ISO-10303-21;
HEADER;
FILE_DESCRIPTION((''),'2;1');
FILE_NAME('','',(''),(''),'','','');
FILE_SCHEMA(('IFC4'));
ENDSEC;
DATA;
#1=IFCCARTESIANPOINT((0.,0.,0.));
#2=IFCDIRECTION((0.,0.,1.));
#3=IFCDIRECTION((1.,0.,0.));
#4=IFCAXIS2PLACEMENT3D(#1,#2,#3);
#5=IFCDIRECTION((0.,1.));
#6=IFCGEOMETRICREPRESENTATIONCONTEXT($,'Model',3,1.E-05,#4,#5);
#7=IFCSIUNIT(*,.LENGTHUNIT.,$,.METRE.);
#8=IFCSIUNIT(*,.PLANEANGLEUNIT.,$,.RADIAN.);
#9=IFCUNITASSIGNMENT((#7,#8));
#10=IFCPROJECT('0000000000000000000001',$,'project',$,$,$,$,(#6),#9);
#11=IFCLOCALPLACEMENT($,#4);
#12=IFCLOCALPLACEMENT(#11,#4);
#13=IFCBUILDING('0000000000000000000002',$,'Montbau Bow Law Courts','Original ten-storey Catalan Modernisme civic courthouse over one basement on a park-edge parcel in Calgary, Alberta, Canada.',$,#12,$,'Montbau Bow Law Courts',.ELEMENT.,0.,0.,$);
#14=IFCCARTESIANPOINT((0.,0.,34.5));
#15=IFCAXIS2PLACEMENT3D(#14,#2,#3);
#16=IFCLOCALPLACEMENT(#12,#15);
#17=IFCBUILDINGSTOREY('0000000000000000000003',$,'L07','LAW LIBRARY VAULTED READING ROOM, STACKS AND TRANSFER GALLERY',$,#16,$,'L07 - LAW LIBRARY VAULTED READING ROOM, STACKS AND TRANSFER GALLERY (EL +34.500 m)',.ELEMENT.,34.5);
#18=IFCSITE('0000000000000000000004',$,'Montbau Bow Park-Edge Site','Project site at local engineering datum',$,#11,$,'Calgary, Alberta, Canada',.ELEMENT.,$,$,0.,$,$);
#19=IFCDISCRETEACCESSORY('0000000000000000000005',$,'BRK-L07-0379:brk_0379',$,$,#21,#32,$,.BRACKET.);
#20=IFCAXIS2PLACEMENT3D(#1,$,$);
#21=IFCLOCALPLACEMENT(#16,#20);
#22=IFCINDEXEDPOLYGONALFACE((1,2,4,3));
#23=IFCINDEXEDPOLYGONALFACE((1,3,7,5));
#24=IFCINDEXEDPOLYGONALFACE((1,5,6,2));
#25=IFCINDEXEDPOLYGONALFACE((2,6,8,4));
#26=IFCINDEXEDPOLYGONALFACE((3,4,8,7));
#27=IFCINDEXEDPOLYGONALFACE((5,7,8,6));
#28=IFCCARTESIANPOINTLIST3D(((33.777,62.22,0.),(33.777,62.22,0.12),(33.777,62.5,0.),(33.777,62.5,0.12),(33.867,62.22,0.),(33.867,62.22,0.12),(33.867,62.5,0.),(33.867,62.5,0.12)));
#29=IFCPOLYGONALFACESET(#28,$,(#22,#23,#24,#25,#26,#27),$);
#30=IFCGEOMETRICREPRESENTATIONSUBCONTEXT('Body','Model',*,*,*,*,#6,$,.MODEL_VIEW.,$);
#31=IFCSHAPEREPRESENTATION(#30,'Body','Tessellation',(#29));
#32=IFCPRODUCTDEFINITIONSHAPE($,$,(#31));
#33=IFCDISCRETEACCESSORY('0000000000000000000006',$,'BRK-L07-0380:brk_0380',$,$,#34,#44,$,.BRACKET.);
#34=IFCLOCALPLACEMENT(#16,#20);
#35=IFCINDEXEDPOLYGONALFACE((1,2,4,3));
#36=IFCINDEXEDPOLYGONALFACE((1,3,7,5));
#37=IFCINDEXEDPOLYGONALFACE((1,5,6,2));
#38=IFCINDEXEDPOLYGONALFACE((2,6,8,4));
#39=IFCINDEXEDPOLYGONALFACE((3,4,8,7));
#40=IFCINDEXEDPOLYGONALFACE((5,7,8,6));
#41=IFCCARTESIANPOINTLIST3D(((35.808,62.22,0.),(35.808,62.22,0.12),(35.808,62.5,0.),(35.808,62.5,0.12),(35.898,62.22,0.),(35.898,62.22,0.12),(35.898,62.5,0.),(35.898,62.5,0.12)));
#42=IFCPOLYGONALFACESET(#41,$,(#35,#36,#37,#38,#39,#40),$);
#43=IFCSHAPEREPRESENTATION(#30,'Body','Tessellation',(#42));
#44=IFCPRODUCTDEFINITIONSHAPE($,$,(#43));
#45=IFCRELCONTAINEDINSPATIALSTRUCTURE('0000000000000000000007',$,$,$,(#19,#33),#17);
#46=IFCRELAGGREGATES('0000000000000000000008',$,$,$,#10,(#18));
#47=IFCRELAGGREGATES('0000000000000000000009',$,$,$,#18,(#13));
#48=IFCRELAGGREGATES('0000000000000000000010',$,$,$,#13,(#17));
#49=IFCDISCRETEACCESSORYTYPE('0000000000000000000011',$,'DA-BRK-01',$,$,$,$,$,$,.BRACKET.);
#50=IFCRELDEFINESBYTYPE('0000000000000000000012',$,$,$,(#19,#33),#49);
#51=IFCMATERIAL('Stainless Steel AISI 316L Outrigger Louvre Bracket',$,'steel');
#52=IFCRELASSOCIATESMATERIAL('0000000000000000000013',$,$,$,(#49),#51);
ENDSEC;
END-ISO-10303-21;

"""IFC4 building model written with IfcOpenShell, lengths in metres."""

from ifc_helpers import new_model, si_unit, direction, frame, origin_with_axes, origin_2d_with_axis, place, context, subcontext, project, spatial, rectangle, extrude, material, type_object, element, save


model = new_model("IFC4")

# Units and contexts
model_context = context("Model", 3, precision=1e-05, world=origin_with_axes(), true_north=direction((0.0, 1.0)))
body_context = subcontext(model_context, "Body", "Model", "MODEL_VIEW")
ifc_project = project(units=[si_unit("LENGTHUNIT", "METRE"), si_unit("PLANEANGLEUNIT", "RADIAN")], contexts=[model_context])

# Site, building, storey
site_placement = place(None, origin_with_axes())
site = spatial("IfcSite", under=ifc_project, at=site_placement, Name="Montbau Bow Park-Edge Site", Description="Project site at local engineering datum", LongName="Calgary, Alberta, Canada", CompositionType="ELEMENT", RefElevation=0.0)
building_placement = place(site_placement, origin_with_axes())
building = spatial("IfcBuilding", under=site, at=building_placement, Name="Montbau Bow Law Courts", Description="Original ten-storey Catalan Modernisme civic courthouse over one basement on a park-edge parcel in Calgary, Alberta, Canada.", LongName="Montbau Bow Law Courts", CompositionType="ELEMENT", ElevationOfRefHeight=0.0, ElevationOfTerrain=0.0)
storey_placement = place(building_placement, frame((0.0, 0.0, 34.5), z_axis=(0.0, 0.0, 1.0), x_axis=(1.0, 0.0, 0.0)))
storey = spatial("IfcBuildingStorey", under=building, at=storey_placement, Name="L07", Description="LAW LIBRARY VAULTED READING ROOM, STACKS AND TRANSFER GALLERY", LongName="L07 - LAW LIBRARY VAULTED READING ROOM, STACKS AND TRANSFER GALLERY (EL +34.500 m)", CompositionType="ELEMENT", Elevation=34.5)

# Discrete accessories
ifc_material_1 = material(Name="Stainless Steel AISI 316L Outrigger Louvre Bracket", Category="steel")
discrete_accessory_type = type_object("IfcDiscreteAccessoryType", Name="DA-BRK-01", PredefinedType="BRACKET", material=ifc_material_1)
for number, where, z_axis, x_axis, name in (
    (1, (33.822, 62.36, 34.5), (0.0, 0.0, 1.0), (0.0, 1.0, 0.0), "BRK-L07-0379:brk_0379"),
    (2, (35.853, 62.36, 34.5), (0.0, 0.0, 1.0), (0.0, 1.0, 0.0), "BRK-L07-0380:brk_0380"),
):
    element("IfcDiscreteAccessory", number, at=place(None, frame(where, z_axis=z_axis, x_axis=x_axis)), inside=storey, type_object=discrete_accessory_type, Name=name, PredefinedType="BRACKET", context=body_context, shape_type="SweptSolid", body=[
        extrude(rectangle(XDim=0.28, YDim=0.09, at=origin_2d_with_axis()), origin_with_axes(), (0.0, 0.0, 1.0), 0.12),
    ])

save(model, "model.ifc")
